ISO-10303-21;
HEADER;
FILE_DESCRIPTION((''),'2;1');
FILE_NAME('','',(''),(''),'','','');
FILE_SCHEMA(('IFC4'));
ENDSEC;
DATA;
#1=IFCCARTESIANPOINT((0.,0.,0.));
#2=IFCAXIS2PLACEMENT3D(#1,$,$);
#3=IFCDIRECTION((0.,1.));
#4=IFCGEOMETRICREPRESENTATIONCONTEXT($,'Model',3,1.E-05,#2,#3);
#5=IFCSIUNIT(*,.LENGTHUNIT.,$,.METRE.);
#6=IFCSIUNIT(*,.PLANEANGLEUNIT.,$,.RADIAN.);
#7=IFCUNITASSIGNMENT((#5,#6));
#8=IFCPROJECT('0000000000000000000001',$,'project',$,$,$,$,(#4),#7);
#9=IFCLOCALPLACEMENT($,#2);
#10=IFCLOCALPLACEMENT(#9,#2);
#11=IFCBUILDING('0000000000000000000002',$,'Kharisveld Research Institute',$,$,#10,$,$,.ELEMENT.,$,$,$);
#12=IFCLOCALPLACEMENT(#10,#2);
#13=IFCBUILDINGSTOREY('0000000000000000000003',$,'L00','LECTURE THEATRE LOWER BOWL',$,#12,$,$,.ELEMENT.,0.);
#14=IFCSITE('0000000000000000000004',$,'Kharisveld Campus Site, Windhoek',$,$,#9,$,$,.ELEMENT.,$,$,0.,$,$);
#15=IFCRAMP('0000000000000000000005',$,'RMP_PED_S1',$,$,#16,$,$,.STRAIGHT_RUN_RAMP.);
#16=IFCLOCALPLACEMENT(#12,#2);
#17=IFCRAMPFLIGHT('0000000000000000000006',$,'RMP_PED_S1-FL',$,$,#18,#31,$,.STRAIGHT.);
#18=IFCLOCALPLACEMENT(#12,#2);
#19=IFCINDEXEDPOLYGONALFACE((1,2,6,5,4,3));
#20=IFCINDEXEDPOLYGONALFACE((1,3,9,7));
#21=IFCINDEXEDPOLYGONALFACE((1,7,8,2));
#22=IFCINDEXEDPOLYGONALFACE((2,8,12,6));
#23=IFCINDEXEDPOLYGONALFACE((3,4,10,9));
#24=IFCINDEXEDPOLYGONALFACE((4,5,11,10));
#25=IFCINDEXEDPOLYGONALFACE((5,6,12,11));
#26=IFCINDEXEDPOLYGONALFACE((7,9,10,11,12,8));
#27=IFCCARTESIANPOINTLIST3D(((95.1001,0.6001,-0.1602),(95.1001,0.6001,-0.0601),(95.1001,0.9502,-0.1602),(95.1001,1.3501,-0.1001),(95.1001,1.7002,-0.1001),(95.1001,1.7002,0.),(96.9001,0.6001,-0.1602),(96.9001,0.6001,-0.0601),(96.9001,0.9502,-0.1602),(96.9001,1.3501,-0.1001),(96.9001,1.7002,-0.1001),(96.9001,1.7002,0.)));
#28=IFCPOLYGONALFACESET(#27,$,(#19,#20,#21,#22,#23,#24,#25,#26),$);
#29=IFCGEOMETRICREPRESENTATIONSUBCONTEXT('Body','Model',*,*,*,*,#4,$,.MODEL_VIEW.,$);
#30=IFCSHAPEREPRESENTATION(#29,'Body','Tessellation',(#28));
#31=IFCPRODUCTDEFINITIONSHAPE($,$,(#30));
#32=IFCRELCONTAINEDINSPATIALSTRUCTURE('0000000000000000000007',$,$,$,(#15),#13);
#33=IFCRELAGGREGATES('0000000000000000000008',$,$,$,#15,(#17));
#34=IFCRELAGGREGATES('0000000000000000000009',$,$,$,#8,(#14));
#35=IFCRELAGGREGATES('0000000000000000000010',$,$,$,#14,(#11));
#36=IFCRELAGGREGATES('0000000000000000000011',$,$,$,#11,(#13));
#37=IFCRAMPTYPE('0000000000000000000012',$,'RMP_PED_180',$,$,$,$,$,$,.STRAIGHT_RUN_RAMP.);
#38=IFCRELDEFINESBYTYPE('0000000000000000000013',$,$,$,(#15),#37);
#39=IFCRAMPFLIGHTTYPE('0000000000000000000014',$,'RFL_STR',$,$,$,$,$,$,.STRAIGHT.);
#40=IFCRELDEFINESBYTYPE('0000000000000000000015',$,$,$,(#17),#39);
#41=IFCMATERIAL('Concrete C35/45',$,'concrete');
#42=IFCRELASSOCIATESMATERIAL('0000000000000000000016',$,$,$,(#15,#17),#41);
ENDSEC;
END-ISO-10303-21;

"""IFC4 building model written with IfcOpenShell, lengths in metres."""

from ifc_helpers import new_model, si_unit, direction, frame, origin, place, context, subcontext, project, spatial, polyline, outline, extrude, material, type_object, element, aggregate, save


model = new_model("IFC4")

# Units and contexts
model_context = context("Model", 3, precision=1e-05, world=origin(), true_north=direction((0.0, 1.0)))
body_context = subcontext(model_context, "Body", "Model", "MODEL_VIEW")
ifc_project = project(units=[si_unit("LENGTHUNIT", "METRE"), si_unit("PLANEANGLEUNIT", "RADIAN")], contexts=[model_context])

# Site, building, storey
site_placement = place(None, origin())
site = spatial("IfcSite", under=ifc_project, at=site_placement, Name="Kharisveld Campus Site, Windhoek", CompositionType="ELEMENT", RefElevation=0.0)
building_placement = place(site_placement, origin())
building = spatial("IfcBuilding", under=site, at=building_placement, Name="Kharisveld Research Institute", CompositionType="ELEMENT")
storey_placement = place(building_placement, origin())
storey = spatial("IfcBuildingStorey", under=building, at=storey_placement, Name="L00", Description="LECTURE THEATRE LOWER BOWL", CompositionType="ELEMENT", Elevation=0.0)

# Ramp, ramp flight
ifc_material_1 = material(Name="Concrete C35/45", Category="concrete")
ramp_type = type_object("IfcRampType", Name="RMP_PED_180", PredefinedType="STRAIGHT_RUN_RAMP")
ramp_placement = place(storey_placement, origin())
ramp = element("IfcRamp", 1, at=ramp_placement, inside=storey, type_object=ramp_type, material=ifc_material_1, Name="RMP_PED_S1", PredefinedType="STRAIGHT_RUN_RAMP")
ramp_flight_type = type_object("IfcRampFlightType", Name="RFL_STR", PredefinedType="STRAIGHT")
ramp_flight_placement = place(storey_placement, frame((96.0, 0.6001, -0.0601), z_axis=(0.0, 0.0, 1.0), x_axis=(0.0, 1.0, 0.0)))
ramp_flight = element("IfcRampFlight", 2, at=ramp_flight_placement, type_object=ramp_flight_type, material=ifc_material_1, Name="RMP_PED_S1-FL", PredefinedType="STRAIGHT", context=body_context, shape_type="SweptSolid", body=[
    extrude(outline(polyline([(0.0, 0.0), (0.0, -0.1001), (0.3501, -0.1001), (0.75, -0.04), (1.1001, -0.04), (1.1001, 0.0601), (0.0, 0.0)])), frame((0.0, 0.8999, 0.0), z_axis=(0.0, -1.0, 0.0), x_axis=(1.0, 0.0, 0.0)), (0.0, 0.0, 1.0), 1.8),
])
aggregate(ramp, [ramp_flight])

save(model, "model.ifc")
